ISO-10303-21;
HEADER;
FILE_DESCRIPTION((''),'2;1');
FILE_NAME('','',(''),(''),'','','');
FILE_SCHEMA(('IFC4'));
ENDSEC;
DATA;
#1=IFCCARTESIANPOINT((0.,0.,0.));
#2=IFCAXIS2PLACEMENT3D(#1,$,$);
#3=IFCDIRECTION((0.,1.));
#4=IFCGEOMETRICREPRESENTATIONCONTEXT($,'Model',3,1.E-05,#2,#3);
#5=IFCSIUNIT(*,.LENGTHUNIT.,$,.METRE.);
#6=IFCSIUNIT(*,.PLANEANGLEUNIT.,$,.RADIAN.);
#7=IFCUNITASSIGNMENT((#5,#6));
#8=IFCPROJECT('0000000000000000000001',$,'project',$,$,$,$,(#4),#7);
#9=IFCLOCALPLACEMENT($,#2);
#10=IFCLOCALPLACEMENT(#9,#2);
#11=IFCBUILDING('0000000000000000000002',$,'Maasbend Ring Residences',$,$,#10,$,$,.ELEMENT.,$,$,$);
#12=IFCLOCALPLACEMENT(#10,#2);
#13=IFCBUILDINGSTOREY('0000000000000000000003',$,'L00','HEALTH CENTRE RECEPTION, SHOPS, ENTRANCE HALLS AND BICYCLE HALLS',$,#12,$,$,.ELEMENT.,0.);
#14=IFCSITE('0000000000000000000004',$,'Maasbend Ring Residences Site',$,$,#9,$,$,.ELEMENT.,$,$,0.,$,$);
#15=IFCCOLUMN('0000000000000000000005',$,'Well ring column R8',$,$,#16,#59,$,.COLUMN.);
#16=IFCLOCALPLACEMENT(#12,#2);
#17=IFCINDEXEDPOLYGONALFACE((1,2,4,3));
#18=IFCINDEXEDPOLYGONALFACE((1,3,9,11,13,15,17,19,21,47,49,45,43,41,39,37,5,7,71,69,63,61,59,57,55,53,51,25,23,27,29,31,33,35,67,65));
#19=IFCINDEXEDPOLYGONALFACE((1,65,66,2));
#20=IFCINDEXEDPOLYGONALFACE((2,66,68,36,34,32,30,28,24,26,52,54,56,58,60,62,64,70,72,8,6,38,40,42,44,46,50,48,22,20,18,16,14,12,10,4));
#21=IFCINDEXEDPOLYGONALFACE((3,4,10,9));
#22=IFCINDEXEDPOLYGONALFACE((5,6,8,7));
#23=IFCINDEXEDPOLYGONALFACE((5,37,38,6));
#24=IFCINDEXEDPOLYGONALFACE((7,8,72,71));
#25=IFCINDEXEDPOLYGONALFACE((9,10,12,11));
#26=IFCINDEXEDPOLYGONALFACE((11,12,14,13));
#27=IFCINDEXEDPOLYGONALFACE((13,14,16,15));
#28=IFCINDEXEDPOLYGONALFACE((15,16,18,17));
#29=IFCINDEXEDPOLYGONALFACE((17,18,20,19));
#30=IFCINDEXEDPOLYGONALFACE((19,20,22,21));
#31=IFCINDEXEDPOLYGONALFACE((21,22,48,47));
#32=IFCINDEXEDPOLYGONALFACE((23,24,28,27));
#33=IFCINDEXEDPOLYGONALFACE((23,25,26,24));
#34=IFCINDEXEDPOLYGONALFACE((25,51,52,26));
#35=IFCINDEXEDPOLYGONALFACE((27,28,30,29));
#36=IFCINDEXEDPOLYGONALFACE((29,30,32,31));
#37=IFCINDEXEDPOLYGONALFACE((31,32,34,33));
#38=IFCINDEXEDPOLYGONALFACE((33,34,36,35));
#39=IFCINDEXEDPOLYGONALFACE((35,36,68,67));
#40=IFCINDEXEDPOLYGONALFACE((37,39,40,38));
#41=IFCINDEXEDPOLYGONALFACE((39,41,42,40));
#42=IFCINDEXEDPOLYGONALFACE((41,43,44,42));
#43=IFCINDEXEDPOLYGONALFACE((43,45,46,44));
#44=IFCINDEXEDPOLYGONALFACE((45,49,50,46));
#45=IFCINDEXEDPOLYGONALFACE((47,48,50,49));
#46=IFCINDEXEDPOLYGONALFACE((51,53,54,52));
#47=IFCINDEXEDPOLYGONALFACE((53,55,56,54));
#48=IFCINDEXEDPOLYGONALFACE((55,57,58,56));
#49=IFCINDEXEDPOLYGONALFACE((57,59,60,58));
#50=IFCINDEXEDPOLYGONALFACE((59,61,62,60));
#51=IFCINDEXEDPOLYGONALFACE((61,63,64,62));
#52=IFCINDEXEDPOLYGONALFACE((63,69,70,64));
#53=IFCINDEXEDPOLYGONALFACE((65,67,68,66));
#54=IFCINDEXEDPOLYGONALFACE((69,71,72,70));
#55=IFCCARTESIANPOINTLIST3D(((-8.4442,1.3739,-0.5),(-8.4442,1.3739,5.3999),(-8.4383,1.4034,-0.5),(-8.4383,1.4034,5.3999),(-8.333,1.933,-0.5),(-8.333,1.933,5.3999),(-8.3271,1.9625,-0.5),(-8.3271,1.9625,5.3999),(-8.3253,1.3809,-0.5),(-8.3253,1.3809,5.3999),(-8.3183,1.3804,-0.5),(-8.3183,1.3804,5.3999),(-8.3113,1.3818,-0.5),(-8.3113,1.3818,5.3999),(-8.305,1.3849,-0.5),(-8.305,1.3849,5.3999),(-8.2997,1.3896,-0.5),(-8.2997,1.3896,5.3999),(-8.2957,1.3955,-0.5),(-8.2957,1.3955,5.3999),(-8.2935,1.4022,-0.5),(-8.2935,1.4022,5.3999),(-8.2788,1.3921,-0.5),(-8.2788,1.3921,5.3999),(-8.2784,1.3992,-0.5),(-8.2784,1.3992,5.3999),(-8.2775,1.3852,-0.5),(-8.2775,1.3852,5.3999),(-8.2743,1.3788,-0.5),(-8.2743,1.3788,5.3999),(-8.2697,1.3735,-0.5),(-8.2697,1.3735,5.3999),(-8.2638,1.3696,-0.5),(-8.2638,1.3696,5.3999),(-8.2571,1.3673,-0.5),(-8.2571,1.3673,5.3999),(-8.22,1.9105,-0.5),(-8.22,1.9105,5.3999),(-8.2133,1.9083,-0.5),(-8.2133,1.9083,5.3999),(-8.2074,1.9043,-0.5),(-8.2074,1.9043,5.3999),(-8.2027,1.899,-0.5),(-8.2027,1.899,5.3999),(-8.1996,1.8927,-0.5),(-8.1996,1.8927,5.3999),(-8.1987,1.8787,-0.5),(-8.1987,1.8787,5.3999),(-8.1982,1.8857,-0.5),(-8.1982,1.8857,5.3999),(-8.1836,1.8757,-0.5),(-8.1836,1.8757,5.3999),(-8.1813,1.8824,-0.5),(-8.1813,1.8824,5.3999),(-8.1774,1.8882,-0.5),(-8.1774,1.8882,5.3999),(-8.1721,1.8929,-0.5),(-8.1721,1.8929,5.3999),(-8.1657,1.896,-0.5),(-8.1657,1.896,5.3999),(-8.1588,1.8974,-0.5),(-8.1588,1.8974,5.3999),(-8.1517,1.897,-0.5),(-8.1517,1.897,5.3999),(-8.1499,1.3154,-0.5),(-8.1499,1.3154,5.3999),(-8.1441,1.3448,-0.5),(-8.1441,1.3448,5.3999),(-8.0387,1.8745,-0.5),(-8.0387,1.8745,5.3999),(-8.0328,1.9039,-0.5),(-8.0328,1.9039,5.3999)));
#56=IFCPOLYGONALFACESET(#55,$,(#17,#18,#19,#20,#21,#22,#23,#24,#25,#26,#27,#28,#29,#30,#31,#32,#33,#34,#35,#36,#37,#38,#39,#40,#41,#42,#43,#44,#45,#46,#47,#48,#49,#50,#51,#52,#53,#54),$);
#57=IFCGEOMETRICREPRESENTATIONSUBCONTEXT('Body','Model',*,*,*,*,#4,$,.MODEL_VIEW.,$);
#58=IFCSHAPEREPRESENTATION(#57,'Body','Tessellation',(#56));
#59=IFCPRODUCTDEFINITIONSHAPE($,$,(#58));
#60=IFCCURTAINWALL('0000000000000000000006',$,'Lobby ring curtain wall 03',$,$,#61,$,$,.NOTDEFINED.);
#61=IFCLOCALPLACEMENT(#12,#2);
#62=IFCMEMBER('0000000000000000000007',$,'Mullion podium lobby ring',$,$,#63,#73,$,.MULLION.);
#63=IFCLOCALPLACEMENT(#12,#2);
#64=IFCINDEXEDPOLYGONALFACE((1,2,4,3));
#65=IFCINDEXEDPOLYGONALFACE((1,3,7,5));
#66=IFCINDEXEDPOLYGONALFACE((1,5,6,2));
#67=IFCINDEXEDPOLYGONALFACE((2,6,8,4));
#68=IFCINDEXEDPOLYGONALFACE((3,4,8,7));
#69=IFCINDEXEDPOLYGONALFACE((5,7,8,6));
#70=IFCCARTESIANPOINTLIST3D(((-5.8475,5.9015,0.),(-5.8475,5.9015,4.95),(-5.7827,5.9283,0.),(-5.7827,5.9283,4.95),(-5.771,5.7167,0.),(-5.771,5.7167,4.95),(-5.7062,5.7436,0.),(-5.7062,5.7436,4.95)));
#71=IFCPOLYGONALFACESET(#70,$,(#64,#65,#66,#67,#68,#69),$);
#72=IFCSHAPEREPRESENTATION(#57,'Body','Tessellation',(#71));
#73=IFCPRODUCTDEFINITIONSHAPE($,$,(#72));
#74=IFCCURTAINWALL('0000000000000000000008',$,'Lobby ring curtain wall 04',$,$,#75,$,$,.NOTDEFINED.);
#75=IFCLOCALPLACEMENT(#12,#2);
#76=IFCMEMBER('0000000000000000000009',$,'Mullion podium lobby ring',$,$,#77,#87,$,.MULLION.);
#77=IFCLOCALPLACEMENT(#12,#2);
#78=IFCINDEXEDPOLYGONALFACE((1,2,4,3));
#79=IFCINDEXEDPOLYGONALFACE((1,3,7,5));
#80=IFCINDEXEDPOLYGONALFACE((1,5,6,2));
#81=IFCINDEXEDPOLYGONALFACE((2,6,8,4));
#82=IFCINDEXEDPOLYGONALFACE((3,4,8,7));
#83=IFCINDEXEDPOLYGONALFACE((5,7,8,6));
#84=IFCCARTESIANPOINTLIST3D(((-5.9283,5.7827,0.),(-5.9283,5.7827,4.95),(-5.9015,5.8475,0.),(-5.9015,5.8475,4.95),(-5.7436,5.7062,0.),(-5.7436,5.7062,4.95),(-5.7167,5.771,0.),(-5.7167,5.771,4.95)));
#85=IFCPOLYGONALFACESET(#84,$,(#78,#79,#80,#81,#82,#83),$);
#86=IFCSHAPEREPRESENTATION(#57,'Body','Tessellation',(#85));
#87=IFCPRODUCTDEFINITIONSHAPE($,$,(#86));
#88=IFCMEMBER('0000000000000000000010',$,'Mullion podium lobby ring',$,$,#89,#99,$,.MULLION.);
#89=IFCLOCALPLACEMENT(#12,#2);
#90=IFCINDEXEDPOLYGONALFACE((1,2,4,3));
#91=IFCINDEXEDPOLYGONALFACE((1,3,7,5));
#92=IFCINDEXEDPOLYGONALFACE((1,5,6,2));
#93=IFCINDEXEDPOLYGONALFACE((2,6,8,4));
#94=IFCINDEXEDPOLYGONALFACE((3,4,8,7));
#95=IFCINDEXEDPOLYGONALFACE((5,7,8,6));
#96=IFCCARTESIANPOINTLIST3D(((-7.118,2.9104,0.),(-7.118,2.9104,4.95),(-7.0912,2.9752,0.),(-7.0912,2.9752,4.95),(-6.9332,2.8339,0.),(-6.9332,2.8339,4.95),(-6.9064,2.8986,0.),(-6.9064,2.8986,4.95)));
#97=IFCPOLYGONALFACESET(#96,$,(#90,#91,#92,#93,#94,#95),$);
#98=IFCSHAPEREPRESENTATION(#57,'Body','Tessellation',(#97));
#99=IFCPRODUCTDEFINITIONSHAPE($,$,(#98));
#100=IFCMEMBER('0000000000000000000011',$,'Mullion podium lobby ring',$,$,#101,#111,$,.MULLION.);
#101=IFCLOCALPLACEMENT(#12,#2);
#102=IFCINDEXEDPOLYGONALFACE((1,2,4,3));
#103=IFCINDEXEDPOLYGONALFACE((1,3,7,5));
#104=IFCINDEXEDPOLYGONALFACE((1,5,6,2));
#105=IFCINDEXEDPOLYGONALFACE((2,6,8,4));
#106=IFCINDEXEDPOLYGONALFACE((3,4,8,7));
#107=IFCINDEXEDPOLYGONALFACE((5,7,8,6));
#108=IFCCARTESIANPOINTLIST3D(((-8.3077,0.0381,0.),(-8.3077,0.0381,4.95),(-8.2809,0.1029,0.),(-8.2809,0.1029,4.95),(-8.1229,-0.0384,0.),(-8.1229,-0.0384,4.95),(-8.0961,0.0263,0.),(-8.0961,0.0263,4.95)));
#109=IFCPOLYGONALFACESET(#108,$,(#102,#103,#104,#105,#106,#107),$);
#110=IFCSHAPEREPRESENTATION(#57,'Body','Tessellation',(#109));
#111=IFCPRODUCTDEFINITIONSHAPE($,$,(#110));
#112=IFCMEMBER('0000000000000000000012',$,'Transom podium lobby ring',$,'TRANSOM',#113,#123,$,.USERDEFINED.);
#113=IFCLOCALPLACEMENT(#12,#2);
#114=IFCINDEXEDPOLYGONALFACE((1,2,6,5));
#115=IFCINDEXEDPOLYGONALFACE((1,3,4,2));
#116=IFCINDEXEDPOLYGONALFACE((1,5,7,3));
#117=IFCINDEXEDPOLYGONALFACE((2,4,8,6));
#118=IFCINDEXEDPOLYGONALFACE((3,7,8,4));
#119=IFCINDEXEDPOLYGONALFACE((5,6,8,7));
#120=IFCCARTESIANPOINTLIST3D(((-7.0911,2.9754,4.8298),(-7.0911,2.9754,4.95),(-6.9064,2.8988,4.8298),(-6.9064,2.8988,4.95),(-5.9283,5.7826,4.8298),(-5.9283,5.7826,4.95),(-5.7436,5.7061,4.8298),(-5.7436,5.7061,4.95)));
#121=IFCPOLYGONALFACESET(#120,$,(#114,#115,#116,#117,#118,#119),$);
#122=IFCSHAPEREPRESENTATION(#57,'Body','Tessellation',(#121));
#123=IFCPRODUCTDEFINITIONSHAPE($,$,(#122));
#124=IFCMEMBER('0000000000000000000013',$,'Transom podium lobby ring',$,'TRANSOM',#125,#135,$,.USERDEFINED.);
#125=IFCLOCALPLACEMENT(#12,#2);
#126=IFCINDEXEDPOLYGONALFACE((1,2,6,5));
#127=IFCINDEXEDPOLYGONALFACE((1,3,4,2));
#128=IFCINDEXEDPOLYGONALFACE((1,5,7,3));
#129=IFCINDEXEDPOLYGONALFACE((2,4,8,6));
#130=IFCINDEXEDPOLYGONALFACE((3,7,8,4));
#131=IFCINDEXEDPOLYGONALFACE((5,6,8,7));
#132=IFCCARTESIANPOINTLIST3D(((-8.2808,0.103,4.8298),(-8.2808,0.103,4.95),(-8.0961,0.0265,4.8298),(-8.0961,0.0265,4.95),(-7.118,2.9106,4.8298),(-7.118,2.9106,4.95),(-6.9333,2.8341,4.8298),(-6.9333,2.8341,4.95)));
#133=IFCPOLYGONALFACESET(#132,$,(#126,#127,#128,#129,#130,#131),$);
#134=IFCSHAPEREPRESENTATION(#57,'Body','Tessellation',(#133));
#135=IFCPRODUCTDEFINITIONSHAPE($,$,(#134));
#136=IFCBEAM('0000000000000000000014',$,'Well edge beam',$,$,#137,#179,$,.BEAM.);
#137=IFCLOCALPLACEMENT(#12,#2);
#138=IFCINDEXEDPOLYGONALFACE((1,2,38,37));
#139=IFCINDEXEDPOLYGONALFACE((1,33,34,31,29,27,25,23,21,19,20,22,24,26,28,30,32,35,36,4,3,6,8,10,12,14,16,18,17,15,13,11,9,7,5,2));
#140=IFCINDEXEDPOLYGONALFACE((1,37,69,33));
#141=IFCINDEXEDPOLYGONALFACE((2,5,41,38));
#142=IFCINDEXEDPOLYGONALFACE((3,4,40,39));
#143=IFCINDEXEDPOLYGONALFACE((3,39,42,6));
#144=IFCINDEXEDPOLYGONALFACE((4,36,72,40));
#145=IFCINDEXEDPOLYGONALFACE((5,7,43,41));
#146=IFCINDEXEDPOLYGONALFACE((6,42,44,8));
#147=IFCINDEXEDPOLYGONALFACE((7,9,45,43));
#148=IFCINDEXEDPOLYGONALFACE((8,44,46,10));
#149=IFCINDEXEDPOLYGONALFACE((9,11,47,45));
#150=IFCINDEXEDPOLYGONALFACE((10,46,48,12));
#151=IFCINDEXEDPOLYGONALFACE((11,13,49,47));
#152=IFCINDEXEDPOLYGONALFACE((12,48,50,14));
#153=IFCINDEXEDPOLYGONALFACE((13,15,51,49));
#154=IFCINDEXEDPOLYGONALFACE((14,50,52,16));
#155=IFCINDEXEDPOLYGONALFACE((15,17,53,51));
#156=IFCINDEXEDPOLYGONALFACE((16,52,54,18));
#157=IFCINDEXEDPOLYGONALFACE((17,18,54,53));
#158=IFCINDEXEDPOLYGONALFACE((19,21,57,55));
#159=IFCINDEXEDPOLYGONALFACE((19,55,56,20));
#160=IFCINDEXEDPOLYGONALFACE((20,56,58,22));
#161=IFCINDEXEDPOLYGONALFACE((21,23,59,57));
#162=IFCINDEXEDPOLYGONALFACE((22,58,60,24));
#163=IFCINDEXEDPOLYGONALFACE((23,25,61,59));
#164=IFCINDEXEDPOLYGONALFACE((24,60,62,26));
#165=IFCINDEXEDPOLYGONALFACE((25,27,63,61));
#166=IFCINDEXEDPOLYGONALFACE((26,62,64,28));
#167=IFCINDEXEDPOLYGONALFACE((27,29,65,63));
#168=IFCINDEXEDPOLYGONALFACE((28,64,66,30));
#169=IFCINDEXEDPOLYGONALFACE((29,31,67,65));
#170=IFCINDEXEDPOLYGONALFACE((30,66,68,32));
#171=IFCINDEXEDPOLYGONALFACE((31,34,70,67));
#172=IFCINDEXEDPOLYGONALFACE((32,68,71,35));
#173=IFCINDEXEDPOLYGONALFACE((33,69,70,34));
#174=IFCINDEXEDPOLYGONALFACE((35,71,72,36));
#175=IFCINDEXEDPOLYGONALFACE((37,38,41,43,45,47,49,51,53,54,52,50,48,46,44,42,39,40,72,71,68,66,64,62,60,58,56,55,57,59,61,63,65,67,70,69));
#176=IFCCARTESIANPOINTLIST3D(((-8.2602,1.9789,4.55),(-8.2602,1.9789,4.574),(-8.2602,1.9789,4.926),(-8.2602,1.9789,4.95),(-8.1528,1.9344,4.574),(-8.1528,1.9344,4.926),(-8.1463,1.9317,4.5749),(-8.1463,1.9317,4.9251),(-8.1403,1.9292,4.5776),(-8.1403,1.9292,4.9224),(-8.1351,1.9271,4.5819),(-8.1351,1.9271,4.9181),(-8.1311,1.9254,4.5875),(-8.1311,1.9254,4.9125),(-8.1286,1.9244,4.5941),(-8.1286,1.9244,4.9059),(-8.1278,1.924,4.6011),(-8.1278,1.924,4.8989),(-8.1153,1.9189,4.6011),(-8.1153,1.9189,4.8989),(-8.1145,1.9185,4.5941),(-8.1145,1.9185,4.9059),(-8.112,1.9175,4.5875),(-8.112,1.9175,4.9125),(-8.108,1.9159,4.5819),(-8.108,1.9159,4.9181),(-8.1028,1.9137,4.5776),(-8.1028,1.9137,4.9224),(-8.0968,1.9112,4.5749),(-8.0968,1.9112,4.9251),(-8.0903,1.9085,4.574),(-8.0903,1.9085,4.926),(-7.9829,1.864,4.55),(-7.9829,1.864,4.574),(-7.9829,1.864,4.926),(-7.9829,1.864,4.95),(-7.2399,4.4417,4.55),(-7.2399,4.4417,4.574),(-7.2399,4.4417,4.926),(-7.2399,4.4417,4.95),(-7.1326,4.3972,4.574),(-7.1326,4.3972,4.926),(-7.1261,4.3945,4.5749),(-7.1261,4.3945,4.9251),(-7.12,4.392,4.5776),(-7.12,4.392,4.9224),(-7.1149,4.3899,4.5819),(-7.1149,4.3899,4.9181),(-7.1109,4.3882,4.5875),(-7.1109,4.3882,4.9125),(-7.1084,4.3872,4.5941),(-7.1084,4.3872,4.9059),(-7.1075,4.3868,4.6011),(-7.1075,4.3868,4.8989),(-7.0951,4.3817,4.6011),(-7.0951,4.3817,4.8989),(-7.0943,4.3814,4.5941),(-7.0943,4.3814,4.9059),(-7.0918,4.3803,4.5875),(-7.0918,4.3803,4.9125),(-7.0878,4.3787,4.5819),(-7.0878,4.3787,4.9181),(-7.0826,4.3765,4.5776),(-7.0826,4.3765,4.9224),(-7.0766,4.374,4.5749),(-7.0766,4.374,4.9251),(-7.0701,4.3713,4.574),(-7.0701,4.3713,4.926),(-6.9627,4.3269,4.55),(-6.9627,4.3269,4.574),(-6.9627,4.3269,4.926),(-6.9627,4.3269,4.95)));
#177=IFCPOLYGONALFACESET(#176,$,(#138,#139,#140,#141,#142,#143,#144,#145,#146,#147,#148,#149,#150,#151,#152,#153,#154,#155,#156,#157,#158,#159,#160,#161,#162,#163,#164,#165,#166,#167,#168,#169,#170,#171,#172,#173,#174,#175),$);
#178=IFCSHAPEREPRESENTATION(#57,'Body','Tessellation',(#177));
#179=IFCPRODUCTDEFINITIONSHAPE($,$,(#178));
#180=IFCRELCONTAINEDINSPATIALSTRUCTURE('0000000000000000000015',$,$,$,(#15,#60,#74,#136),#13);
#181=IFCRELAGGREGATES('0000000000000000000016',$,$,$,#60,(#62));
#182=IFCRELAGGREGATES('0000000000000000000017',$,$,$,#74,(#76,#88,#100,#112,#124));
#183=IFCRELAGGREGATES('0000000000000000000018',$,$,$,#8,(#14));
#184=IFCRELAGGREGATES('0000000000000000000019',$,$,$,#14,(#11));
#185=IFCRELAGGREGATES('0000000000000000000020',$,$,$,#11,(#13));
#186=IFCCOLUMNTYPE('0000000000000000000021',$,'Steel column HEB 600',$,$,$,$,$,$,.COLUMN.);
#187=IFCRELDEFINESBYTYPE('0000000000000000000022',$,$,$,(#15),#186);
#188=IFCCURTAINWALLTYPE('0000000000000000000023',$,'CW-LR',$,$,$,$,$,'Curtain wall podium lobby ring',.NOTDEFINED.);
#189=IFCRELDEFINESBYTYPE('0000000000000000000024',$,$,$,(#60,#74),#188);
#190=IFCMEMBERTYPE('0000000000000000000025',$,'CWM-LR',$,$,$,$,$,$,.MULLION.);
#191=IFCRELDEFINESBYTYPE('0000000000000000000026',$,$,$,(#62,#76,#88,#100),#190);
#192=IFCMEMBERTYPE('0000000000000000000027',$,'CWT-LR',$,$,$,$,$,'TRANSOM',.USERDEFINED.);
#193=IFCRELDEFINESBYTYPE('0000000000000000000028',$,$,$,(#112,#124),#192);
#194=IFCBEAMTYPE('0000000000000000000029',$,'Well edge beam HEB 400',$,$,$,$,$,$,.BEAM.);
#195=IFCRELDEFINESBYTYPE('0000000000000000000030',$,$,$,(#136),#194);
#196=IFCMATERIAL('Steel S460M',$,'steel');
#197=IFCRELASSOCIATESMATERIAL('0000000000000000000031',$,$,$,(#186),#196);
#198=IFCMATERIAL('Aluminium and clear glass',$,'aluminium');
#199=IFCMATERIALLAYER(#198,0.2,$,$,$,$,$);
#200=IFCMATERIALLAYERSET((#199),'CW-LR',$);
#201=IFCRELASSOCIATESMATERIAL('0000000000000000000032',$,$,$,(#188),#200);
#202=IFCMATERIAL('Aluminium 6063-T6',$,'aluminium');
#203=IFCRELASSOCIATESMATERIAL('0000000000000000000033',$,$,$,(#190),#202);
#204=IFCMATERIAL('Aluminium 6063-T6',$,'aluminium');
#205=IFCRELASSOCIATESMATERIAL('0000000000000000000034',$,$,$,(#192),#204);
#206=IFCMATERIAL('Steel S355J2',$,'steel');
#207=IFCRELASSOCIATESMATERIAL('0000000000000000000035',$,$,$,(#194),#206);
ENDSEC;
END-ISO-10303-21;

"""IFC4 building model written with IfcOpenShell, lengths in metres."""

from ifc_helpers import new_model, si_unit, direction, frame, origin, origin_2d, place, context, subcontext, project, spatial, rectangle, i_section, extrude, material, layer, layer_set, material_profile, profile_set, type_object, element, aggregate, save


model = new_model("IFC4")

# Units and contexts
model_context = context("Model", 3, precision=1e-05, world=origin(), true_north=direction((0.0, 1.0)))
body_context = subcontext(model_context, "Body", "Model", "MODEL_VIEW")
ifc_project = project(units=[si_unit("LENGTHUNIT", "METRE"), si_unit("PLANEANGLEUNIT", "RADIAN")], contexts=[model_context])

# Site, building, storey
site_placement = place(None, origin())
site = spatial("IfcSite", under=ifc_project, at=site_placement, Name="Maasbend Ring Residences Site", CompositionType="ELEMENT", RefElevation=0.0)
building_placement = place(site_placement, origin())
building = spatial("IfcBuilding", under=site, at=building_placement, Name="Maasbend Ring Residences", CompositionType="ELEMENT")
storey_placement = place(building_placement, origin())
storey = spatial("IfcBuildingStorey", under=building, at=storey_placement, Name="L00", Description="HEALTH CENTRE RECEPTION, SHOPS, ENTRANCE HALLS AND BICYCLE HALLS", CompositionType="ELEMENT", Elevation=0.0)

# Column
ifc_material_1 = material(Name="Steel S460M", Category="steel")
ifc_material_profile_1 = material_profile(ifc_material_1, i_section(OverallWidth=0.3, OverallDepth=0.6001, WebThickness=0.0154, FlangeThickness=0.03, FilletRadius=0.0271, at=origin_2d()), Name="HEB 600")
ifc_profile_set_1 = profile_set([ifc_material_profile_1], Name="Steel S460M")
column_type = type_object("IfcColumnType", Name="Steel column HEB 600", PredefinedType="COLUMN", material=ifc_profile_set_1)
for number, where, z_axis, x_axis, name in (
    (1, (-8.2385, 1.6389, -0.5), (0.0, 0.0, 1.0), (-0.980785, 0.19509, 0.0), "Well ring column R8"),
):
    element("IfcColumn", number, at=place(storey_placement, frame(where, z_axis=z_axis, x_axis=x_axis)), inside=storey, type_object=column_type, Name=name, PredefinedType="COLUMN", context=body_context, shape_type="SweptSolid", body=[
        extrude(i_section(OverallWidth=0.3, OverallDepth=0.6001, WebThickness=0.0154, FlangeThickness=0.03, FilletRadius=0.0271, at=origin_2d()), origin(), (0.0, 0.0, 1.0), 5.8999),
    ])

# Curtain wall, member
ifc_material_2 = material(Name="Aluminium and clear glass", Category="aluminium")
ifc_layer_1 = layer(ifc_material_2, 0.2)
ifc_layer_set_1 = layer_set([ifc_layer_1], Name="CW-LR")
curtain_wall_type = type_object("IfcCurtainWallType", Name="CW-LR", ElementType="Curtain wall podium lobby ring", PredefinedType="NOTDEFINED", material=ifc_layer_set_1)
curtain_wall_1_placement = place(storey_placement, origin())
curtain_wall_1 = element("IfcCurtainWall", 2, at=curtain_wall_1_placement, inside=storey, type_object=curtain_wall_type, Name="Lobby ring curtain wall 03", PredefinedType="NOTDEFINED")
ifc_material_3 = material(Name="Aluminium 6063-T6", Category="aluminium")
ifc_material_profile_2 = material_profile(ifc_material_3, rectangle(XDim=0.2, YDim=0.0701, at=origin_2d()), Name="AL 200x70")
ifc_profile_set_2 = profile_set([ifc_material_profile_2], Name="Aluminium 6063-T6")
member_type_1 = type_object("IfcMemberType", Name="CWM-LR", PredefinedType="MULLION", material=ifc_profile_set_2)
member_1_placement = place(storey_placement, frame((-5.7769, 5.8225, 0.0), z_axis=(0.0, 0.0, 1.0), x_axis=(0.382683, -0.92388, 0.0)))
member_1 = element("IfcMember", 3, at=member_1_placement, type_object=member_type_1, Name="Mullion podium lobby ring", PredefinedType="MULLION", context=body_context, shape_type="SweptSolid", body=[
    extrude(rectangle(XDim=0.2, YDim=0.0701, at=origin_2d()), origin(), (0.0, 0.0, 1.0), 4.95),
])

# Curtain wall, members
curtain_wall_2_placement = place(storey_placement, origin())
curtain_wall_2 = element("IfcCurtainWall", 4, at=curtain_wall_2_placement, inside=storey, type_object=curtain_wall_type, Name="Lobby ring curtain wall 04", PredefinedType="NOTDEFINED")
member_2_placement = place(storey_placement, frame((-5.8225, 5.7769, 0.0), z_axis=(0.0, 0.0, 1.0), x_axis=(0.92388, -0.382683, 0.0)))
member_2 = element("IfcMember", 5, at=member_2_placement, type_object=member_type_1, Name="Mullion podium lobby ring", PredefinedType="MULLION", context=body_context, shape_type="SweptSolid", body=[
    extrude(rectangle(XDim=0.2, YDim=0.0701, at=origin_2d()), origin(), (0.0, 0.0, 1.0), 4.95),
])
member_3_placement = place(storey_placement, frame((-7.0122, 2.9045, 0.0), z_axis=(0.0, 0.0, 1.0), x_axis=(0.92388, -0.382683, 0.0)))
member_3 = element("IfcMember", 6, at=member_3_placement, type_object=member_type_1, Name="Mullion podium lobby ring", PredefinedType="MULLION", context=body_context, shape_type="SweptSolid", body=[
    extrude(rectangle(XDim=0.2, YDim=0.0701, at=origin_2d()), origin(), (0.0, 0.0, 1.0), 4.95),
])
member_4_placement = place(storey_placement, frame((-8.2019, 0.0322, 0.0), z_axis=(0.0, 0.0, 1.0), x_axis=(0.92388, -0.382683, 0.0)))
member_4 = element("IfcMember", 7, at=member_4_placement, type_object=member_type_1, Name="Mullion podium lobby ring", PredefinedType="MULLION", context=body_context, shape_type="SweptSolid", body=[
    extrude(rectangle(XDim=0.2, YDim=0.0701, at=origin_2d()), origin(), (0.0, 0.0, 1.0), 4.95),
])
ifc_material_4 = material(Name="Aluminium 6063-T6", Category="aluminium")
ifc_material_profile_3 = material_profile(ifc_material_4, rectangle(XDim=0.2, YDim=0.1201, at=origin_2d()), Name="AL 200x120")
ifc_profile_set_3 = profile_set([ifc_material_profile_3], Name="Aluminium 6063-T6")
member_type_2 = type_object("IfcMemberType", Name="CWT-LR", ElementType="TRANSOM", PredefinedType="USERDEFINED", material=ifc_profile_set_3)
member_5_placement = place(storey_placement, frame((-5.8359, 5.7444, 4.8899), z_axis=(-0.382681, -0.923881, 0.0), x_axis=(0.923881, -0.382681, 0.0)))
member_5 = element("IfcMember", 8, at=member_5_placement, type_object=member_type_2, Name="Transom podium lobby ring", ObjectType="TRANSOM", PredefinedType="USERDEFINED", context=body_context, shape_type="SweptSolid", body=[
    extrude(rectangle(XDim=0.2, YDim=0.1201, at=origin_2d()), origin(), (0.0, 0.0, 1.0), 3.0386),
])
member_6_placement = place(storey_placement, frame((-7.0256, 2.8723, 4.8899), z_axis=(-0.382652, -0.923892, 0.0), x_axis=(0.923892, -0.382652, 0.0)))
member_6 = element("IfcMember", 9, at=member_6_placement, type_object=member_type_2, Name="Transom podium lobby ring", ObjectType="TRANSOM", PredefinedType="USERDEFINED", context=body_context, shape_type="SweptSolid", body=[
    extrude(rectangle(XDim=0.2, YDim=0.1201, at=origin_2d()), origin(), (0.0, 0.0, 1.0), 3.0388),
])

# Beam
ifc_material_5 = material(Name="Steel S355J2", Category="steel")
ifc_material_profile_4 = material_profile(ifc_material_5, i_section(OverallWidth=0.3, OverallDepth=0.3999, WebThickness=0.0134, FlangeThickness=0.0239, FilletRadius=0.0271, at=origin_2d()), Name="HEB 400")
ifc_profile_set_4 = profile_set([ifc_material_profile_4], Name="Steel S355J2")
beam_type = type_object("IfcBeamType", Name="Well edge beam HEB 400", PredefinedType="BEAM", material=ifc_profile_set_4)
beam_1_placement = place(storey_placement, frame((-7.1013, 4.3843, 4.75), z_axis=(-0.382716, -0.923866, 0.0), x_axis=(0.923866, -0.382716, 0.0)))
element("IfcBeam", 10, at=beam_1_placement, inside=storey, type_object=beam_type, Name="Well edge beam", PredefinedType="BEAM", context=body_context, shape_type="SweptSolid", body=[
    extrude(i_section(OverallWidth=0.3, OverallDepth=0.3999, WebThickness=0.0134, FlangeThickness=0.0239, FilletRadius=0.0271, at=origin_2d()), origin(), (0.0, 0.0, 1.0), 2.6658),
])

aggregate(curtain_wall_1, [member_1])
aggregate(curtain_wall_2, [member_2, member_3, member_4, member_5, member_6])

save(model, "model.ifc")
